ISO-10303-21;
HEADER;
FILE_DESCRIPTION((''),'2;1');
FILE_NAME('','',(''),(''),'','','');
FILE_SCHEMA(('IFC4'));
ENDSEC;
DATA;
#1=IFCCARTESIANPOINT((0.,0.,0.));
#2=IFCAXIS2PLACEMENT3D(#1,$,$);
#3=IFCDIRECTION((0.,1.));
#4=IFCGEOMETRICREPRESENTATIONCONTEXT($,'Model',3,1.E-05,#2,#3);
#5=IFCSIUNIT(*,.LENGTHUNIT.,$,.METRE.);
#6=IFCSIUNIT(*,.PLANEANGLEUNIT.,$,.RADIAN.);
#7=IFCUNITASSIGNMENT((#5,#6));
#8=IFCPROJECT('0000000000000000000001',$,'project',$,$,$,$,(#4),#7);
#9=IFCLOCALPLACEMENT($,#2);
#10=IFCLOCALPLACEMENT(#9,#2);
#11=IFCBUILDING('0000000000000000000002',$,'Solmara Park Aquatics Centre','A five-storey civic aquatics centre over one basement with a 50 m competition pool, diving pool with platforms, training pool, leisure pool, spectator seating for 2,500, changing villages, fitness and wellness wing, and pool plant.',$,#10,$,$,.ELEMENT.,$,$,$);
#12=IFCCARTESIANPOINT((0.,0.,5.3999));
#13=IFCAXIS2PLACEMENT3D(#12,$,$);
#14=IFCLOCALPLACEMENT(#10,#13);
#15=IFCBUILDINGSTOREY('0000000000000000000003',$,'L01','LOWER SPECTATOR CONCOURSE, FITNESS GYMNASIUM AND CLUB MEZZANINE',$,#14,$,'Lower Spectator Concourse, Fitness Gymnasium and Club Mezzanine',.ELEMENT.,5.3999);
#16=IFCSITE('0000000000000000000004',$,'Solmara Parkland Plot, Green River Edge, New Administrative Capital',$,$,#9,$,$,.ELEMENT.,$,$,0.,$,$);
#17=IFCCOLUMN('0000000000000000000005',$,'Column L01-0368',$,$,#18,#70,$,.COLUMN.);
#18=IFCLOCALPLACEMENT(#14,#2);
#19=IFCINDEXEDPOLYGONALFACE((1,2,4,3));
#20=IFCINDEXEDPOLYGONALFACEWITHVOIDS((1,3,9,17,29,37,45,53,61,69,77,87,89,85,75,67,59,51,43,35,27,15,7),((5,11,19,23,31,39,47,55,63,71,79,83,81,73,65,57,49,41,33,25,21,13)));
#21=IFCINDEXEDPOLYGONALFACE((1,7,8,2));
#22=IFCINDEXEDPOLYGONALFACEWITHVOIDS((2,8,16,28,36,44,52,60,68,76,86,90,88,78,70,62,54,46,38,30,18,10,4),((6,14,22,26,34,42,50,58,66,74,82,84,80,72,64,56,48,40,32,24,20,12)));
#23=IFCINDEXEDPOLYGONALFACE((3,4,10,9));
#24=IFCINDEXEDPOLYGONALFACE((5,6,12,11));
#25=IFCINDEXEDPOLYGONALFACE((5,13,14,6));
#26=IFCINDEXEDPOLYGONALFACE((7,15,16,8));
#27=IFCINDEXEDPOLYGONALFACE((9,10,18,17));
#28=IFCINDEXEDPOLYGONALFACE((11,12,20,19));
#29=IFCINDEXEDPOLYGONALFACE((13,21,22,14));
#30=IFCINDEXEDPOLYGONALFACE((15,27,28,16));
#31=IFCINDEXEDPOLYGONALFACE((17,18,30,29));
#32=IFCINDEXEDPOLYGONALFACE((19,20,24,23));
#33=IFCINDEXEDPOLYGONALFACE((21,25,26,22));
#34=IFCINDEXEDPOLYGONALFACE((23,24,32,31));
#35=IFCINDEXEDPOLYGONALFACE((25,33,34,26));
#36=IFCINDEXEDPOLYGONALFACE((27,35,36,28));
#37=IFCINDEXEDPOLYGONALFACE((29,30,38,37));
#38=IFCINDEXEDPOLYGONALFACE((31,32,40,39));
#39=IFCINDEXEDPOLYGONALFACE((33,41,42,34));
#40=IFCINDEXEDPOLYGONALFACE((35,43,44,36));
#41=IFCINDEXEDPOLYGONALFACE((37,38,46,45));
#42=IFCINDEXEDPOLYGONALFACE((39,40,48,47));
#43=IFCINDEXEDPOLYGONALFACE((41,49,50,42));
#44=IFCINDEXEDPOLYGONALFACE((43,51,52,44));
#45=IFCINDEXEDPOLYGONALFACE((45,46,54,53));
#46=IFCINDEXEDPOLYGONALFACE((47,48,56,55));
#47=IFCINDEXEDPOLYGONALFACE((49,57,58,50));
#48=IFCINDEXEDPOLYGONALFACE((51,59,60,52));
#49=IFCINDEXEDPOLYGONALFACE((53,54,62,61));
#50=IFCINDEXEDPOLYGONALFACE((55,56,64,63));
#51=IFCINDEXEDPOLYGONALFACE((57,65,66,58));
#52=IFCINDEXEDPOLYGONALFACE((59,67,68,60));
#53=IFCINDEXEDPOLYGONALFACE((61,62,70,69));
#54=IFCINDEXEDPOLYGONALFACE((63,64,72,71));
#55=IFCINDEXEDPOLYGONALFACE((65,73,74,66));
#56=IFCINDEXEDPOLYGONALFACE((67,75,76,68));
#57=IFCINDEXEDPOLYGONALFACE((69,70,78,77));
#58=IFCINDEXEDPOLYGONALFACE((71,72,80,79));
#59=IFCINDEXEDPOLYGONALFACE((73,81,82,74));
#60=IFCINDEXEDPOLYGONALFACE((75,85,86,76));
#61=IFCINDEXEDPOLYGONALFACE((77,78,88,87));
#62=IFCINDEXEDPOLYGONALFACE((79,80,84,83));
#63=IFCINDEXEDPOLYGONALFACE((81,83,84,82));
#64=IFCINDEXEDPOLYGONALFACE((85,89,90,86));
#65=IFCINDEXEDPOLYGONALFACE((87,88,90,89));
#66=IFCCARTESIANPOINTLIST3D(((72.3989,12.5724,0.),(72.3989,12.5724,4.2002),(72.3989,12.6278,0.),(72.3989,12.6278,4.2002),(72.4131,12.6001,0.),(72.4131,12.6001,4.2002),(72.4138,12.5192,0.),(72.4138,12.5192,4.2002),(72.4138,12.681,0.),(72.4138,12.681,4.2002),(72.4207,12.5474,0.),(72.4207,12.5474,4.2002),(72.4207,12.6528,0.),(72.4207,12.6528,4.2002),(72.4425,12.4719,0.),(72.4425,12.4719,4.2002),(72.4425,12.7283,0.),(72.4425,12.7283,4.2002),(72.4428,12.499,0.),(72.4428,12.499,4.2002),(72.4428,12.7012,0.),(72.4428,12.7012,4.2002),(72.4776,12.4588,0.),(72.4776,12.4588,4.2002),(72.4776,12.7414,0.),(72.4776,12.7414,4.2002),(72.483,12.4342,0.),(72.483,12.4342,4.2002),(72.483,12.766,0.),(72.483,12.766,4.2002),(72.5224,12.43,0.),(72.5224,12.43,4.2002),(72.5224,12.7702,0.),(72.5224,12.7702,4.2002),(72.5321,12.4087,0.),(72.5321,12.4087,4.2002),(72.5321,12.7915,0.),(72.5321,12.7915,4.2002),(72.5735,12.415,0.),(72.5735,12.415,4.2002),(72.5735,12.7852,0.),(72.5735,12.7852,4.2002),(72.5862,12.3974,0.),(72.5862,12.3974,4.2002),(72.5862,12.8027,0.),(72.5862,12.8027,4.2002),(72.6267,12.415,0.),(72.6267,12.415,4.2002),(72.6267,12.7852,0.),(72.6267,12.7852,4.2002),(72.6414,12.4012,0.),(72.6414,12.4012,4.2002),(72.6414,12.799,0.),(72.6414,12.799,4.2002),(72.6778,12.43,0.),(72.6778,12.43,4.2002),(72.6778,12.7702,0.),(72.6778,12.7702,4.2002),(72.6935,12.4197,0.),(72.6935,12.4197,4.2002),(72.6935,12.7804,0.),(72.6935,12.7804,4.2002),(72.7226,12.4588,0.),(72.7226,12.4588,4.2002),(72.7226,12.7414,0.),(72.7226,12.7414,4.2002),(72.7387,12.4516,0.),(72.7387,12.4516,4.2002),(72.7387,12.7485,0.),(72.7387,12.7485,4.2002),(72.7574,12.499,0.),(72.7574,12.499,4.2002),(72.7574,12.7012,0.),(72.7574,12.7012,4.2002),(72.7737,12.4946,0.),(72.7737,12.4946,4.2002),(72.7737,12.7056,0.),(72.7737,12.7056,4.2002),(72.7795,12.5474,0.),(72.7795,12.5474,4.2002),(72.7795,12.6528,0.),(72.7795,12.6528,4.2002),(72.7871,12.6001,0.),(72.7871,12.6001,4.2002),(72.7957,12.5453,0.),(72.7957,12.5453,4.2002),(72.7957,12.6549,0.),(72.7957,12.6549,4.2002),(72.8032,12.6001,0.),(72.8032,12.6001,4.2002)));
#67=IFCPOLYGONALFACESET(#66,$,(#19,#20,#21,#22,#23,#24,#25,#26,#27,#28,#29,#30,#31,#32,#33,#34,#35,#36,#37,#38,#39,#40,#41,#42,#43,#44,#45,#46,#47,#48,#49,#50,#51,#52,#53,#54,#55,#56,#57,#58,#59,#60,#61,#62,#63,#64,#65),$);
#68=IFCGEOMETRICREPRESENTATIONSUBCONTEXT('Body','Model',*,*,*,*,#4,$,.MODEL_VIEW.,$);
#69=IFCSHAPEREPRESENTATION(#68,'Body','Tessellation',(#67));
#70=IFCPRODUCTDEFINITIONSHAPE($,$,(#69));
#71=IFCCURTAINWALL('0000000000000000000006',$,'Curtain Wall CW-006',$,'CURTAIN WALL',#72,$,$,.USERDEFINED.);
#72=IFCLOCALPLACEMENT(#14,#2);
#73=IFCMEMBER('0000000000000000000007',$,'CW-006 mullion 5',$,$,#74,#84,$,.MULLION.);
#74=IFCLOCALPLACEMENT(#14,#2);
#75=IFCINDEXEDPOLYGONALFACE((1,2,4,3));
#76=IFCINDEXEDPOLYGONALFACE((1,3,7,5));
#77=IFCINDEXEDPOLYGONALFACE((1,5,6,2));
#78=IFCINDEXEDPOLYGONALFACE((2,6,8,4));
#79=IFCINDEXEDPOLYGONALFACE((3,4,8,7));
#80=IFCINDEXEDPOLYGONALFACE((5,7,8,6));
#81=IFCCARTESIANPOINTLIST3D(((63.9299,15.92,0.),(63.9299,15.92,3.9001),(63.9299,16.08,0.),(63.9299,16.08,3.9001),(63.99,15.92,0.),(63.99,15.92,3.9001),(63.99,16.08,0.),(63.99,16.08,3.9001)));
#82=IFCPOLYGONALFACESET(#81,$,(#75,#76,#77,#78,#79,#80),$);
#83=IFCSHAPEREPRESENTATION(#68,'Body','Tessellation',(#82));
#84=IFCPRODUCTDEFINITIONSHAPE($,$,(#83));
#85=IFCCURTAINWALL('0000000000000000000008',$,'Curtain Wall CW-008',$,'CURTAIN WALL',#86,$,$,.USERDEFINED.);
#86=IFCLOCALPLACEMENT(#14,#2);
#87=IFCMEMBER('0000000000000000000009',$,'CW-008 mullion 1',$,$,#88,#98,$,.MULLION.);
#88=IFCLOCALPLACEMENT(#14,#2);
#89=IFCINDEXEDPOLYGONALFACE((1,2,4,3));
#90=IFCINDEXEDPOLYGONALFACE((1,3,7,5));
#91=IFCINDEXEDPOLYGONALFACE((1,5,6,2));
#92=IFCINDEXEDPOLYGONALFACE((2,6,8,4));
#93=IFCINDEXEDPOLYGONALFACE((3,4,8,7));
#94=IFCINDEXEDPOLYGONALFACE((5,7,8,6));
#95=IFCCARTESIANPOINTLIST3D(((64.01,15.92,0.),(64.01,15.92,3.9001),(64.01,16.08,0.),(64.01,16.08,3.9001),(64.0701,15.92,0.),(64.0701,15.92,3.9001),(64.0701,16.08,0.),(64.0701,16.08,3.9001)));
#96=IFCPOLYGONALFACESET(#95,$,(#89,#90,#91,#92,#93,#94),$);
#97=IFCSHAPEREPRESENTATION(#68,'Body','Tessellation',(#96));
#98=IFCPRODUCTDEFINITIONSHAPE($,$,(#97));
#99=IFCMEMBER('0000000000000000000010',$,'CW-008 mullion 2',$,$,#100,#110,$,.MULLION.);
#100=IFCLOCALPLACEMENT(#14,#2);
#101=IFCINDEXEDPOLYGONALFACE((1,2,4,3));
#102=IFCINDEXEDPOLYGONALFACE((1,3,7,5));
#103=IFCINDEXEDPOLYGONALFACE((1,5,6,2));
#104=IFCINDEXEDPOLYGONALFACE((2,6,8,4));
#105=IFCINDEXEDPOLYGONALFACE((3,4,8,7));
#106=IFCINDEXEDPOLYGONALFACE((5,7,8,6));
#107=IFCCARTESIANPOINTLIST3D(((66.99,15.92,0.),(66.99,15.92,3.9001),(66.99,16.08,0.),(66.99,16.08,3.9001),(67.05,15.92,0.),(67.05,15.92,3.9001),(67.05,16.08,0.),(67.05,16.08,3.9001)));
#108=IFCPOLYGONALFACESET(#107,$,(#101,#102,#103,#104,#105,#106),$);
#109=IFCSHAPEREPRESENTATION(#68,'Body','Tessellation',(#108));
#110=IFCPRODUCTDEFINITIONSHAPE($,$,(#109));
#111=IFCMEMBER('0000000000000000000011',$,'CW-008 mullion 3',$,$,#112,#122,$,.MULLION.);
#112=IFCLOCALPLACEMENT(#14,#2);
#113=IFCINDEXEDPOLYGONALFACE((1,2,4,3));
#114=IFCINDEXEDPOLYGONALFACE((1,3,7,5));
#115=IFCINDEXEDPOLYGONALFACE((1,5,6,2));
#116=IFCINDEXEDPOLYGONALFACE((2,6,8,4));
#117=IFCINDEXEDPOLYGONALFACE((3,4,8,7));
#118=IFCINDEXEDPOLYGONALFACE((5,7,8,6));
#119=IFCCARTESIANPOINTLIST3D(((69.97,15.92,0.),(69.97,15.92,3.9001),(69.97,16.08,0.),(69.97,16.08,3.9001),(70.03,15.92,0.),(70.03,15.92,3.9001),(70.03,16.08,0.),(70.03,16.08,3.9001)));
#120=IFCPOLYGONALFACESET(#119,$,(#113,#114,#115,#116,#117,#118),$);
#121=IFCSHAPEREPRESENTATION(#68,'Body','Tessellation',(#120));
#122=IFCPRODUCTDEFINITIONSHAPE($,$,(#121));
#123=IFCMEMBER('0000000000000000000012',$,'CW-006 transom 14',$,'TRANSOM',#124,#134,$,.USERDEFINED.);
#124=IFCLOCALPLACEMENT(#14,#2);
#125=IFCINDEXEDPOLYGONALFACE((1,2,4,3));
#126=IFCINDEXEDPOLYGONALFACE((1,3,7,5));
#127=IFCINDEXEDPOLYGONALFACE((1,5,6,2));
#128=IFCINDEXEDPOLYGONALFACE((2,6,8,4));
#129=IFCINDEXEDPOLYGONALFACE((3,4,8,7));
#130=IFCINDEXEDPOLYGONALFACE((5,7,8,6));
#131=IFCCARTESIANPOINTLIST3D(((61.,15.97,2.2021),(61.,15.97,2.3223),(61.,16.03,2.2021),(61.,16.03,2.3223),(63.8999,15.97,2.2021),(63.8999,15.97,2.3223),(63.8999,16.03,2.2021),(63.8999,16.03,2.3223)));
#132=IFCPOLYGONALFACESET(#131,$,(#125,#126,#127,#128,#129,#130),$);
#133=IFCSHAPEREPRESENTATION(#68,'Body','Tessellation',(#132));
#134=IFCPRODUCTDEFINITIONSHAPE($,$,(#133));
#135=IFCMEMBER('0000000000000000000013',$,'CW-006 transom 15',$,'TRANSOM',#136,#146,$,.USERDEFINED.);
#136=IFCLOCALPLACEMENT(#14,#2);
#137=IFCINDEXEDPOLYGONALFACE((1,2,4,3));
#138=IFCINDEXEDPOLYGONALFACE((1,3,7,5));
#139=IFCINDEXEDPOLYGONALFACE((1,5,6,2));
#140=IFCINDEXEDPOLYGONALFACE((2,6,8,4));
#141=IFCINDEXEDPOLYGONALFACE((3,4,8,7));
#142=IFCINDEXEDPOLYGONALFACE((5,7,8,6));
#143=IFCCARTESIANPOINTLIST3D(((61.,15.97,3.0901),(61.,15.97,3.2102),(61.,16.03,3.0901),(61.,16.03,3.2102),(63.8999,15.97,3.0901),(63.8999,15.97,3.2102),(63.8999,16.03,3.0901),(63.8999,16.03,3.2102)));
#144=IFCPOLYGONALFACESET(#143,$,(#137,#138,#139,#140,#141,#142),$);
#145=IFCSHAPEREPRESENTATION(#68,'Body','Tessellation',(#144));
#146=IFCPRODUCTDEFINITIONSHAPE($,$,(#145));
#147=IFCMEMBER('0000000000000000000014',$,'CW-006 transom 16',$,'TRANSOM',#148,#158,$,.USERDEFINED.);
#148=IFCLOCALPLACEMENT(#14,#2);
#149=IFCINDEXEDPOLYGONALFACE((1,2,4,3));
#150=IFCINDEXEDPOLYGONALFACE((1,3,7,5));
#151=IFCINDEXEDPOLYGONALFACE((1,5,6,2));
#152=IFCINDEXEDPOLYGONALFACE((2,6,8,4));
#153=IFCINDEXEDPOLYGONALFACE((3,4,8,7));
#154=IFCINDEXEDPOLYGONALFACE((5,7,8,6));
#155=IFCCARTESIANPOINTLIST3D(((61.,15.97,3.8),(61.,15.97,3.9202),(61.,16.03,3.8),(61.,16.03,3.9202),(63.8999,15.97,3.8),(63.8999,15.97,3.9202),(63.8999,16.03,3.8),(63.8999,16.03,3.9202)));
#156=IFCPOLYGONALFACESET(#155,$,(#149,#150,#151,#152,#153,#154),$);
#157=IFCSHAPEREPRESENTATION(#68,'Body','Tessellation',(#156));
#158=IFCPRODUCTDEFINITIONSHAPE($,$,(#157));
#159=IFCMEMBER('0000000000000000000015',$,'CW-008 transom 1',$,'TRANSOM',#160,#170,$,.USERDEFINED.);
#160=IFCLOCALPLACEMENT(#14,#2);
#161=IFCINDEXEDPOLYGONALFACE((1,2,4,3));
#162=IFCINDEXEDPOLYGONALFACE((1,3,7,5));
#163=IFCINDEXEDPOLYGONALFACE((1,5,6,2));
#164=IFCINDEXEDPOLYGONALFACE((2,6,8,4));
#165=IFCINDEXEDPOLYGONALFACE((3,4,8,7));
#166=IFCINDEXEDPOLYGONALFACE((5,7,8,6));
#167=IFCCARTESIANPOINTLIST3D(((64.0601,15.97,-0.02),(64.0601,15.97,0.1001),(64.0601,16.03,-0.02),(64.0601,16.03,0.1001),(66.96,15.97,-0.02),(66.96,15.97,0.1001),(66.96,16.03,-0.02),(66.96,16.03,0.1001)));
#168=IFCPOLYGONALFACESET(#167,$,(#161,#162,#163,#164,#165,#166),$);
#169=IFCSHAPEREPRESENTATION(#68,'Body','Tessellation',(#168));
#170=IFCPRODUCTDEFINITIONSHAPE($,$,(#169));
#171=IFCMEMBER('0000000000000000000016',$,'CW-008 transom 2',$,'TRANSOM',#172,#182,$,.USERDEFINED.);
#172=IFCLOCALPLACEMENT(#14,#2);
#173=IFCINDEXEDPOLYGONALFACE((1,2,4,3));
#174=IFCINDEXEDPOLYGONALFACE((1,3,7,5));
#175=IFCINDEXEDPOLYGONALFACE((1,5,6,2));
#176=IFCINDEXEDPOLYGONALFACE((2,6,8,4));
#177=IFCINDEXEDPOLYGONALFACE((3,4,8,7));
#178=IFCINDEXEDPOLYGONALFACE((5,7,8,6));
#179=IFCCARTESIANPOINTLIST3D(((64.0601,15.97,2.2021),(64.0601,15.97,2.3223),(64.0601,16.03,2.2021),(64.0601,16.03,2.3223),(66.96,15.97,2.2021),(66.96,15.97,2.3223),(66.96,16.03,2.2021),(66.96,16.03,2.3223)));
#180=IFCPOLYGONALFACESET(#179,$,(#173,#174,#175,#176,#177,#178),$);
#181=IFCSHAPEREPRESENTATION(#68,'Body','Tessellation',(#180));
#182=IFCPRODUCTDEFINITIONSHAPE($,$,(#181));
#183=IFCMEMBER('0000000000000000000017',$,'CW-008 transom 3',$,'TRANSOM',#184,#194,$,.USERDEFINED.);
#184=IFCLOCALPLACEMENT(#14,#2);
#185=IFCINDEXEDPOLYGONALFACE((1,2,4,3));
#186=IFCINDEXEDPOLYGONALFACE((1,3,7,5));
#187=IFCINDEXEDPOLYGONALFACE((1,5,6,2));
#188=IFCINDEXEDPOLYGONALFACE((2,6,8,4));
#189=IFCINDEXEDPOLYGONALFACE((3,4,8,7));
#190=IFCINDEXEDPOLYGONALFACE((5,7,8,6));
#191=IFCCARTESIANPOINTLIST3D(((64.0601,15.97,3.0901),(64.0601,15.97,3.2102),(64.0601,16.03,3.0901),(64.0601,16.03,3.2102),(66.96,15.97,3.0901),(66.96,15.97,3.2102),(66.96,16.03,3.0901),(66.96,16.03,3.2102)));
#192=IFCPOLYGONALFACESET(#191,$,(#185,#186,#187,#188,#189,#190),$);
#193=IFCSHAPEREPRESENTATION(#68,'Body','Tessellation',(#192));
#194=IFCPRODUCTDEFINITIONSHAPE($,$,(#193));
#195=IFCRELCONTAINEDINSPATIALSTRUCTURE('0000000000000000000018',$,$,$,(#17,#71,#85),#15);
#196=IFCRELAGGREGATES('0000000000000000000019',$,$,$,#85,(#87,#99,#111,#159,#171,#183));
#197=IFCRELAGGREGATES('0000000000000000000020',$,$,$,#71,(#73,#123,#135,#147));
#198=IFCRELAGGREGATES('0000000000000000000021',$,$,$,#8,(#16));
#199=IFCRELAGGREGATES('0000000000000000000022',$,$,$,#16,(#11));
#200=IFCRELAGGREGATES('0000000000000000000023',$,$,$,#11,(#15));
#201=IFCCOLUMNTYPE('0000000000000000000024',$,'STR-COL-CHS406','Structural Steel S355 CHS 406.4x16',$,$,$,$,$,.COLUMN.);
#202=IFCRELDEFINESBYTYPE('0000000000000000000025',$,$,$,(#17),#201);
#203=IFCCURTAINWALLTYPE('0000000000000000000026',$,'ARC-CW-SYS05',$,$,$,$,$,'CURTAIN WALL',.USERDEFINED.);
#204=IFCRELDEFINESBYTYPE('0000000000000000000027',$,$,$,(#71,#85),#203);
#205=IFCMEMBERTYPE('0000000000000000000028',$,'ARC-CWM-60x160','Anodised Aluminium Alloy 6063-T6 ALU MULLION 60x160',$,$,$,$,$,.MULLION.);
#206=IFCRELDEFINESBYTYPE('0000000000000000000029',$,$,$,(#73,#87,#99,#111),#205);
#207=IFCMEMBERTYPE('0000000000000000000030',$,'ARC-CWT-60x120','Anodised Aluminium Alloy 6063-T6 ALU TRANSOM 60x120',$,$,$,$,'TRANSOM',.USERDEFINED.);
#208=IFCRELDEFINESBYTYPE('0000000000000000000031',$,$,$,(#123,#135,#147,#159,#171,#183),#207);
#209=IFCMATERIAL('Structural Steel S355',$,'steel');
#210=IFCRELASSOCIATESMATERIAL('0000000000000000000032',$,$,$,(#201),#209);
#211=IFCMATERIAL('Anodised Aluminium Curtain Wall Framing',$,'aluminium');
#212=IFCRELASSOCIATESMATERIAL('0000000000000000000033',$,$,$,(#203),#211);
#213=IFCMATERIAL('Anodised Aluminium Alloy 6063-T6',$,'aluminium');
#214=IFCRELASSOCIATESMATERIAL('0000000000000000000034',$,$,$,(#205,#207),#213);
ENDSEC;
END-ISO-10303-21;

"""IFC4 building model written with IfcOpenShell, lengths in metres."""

from ifc_helpers import new_model, si_unit, direction, frame, origin, origin_2d, place, context, subcontext, project, spatial, rectangle, hollow_circle, extrude, material, material_profile, profile_set, type_object, element, aggregate, save


model = new_model("IFC4")

# Units and contexts
model_context = context("Model", 3, precision=1e-05, world=origin(), true_north=direction((0.0, 1.0)))
body_context = subcontext(model_context, "Body", "Model", "MODEL_VIEW")
ifc_project = project(units=[si_unit("LENGTHUNIT", "METRE"), si_unit("PLANEANGLEUNIT", "RADIAN")], contexts=[model_context])

# Site, building, storey
site_placement = place(None, origin())
site = spatial("IfcSite", under=ifc_project, at=site_placement, Name="Solmara Parkland Plot, Green River Edge, New Administrative Capital", CompositionType="ELEMENT", RefElevation=0.0)
building_placement = place(site_placement, origin())
building = spatial("IfcBuilding", under=site, at=building_placement, Name="Solmara Park Aquatics Centre", Description="A five-storey civic aquatics centre over one basement with a 50 m competition pool, diving pool with platforms, training pool, leisure pool, spectator seating for 2,500, changing villages, fitness and wellness wing, and pool plant.", CompositionType="ELEMENT")
storey_placement = place(building_placement, frame((0.0, 0.0, 5.3999)))
storey = spatial("IfcBuildingStorey", under=building, at=storey_placement, Name="L01", Description="LOWER SPECTATOR CONCOURSE, FITNESS GYMNASIUM AND CLUB MEZZANINE", LongName="Lower Spectator Concourse, Fitness Gymnasium and Club Mezzanine", CompositionType="ELEMENT", Elevation=5.3999)

# Column
ifc_material_1 = material(Name="Structural Steel S355", Category="steel")
ifc_material_profile_1 = material_profile(ifc_material_1, hollow_circle(Radius=0.2031, WallThickness=0.0161, at=origin_2d()), Name="CHS 406.4x16")
ifc_profile_set_1 = profile_set([ifc_material_profile_1], Name="Structural Steel S355")
column_type = type_object("IfcColumnType", Name="STR-COL-CHS406", Description="Structural Steel S355 CHS 406.4x16", PredefinedType="COLUMN", material=ifc_profile_set_1)
column_placement = place(storey_placement, frame((72.6001, 12.6001, 0.0), z_axis=(0.0, 0.0, 1.0), x_axis=(1.0, 0.0, 0.0)))
element("IfcColumn", 1, at=column_placement, inside=storey, type_object=column_type, Name="Column L01-0368", PredefinedType="COLUMN", context=body_context, shape_type="SweptSolid", body=[
    extrude(hollow_circle(Radius=0.2031, WallThickness=0.0161, at=origin_2d()), origin(), (0.0, 0.0, 1.0), 4.2002),
])

# Curtain wall, member
ifc_material_2 = material(Name="Anodised Aluminium Curtain Wall Framing", Category="aluminium")
curtain_wall_type = type_object("IfcCurtainWallType", Name="ARC-CW-SYS05", ElementType="CURTAIN WALL", PredefinedType="USERDEFINED", material=ifc_material_2)
curtain_wall_1_placement = place(storey_placement, origin())
curtain_wall_1 = element("IfcCurtainWall", 2, at=curtain_wall_1_placement, inside=storey, type_object=curtain_wall_type, Name="Curtain Wall CW-006", ObjectType="CURTAIN WALL", PredefinedType="USERDEFINED")
ifc_material_3 = material(Name="Anodised Aluminium Alloy 6063-T6", Category="aluminium")
ifc_material_profile_2 = material_profile(ifc_material_3, rectangle(XDim=0.0601, YDim=0.1599, at=origin_2d()), Name="ALU MULLION 60x160")
ifc_profile_set_2 = profile_set([ifc_material_profile_2], Name="Anodised Aluminium Alloy 6063-T6")
member_type_1 = type_object("IfcMemberType", Name="ARC-CWM-60x160", Description="Anodised Aluminium Alloy 6063-T6 ALU MULLION 60x160", PredefinedType="MULLION", material=ifc_profile_set_2)
member_1_placement = place(storey_placement, frame((63.96, 16.0, 0.0), z_axis=(0.0, 0.0, 1.0), x_axis=(1.0, 0.0, 0.0)))
member_1 = element("IfcMember", 3, at=member_1_placement, type_object=member_type_1, Name="CW-006 mullion 5", PredefinedType="MULLION", context=body_context, shape_type="SweptSolid", body=[
    extrude(rectangle(XDim=0.0601, YDim=0.1599, at=origin_2d()), origin(), (0.0, 0.0, 1.0), 3.9001),
])

# Curtain wall, members
curtain_wall_2_placement = place(storey_placement, origin())
curtain_wall_2 = element("IfcCurtainWall", 4, at=curtain_wall_2_placement, inside=storey, type_object=curtain_wall_type, Name="Curtain Wall CW-008", ObjectType="CURTAIN WALL", PredefinedType="USERDEFINED")
member_2_placement = place(storey_placement, frame((64.04, 16.0, 0.0), z_axis=(0.0, 0.0, 1.0), x_axis=(1.0, 0.0, 0.0)))
member_2 = element("IfcMember", 5, at=member_2_placement, type_object=member_type_1, Name="CW-008 mullion 1", PredefinedType="MULLION", context=body_context, shape_type="SweptSolid", body=[
    extrude(rectangle(XDim=0.0601, YDim=0.1599, at=origin_2d()), origin(), (0.0, 0.0, 1.0), 3.9001),
])
member_3_placement = place(storey_placement, frame((67.02, 16.0, 0.0), z_axis=(0.0, 0.0, 1.0), x_axis=(1.0, 0.0, 0.0)))
member_3 = element("IfcMember", 6, at=member_3_placement, type_object=member_type_1, Name="CW-008 mullion 2", PredefinedType="MULLION", context=body_context, shape_type="SweptSolid", body=[
    extrude(rectangle(XDim=0.0601, YDim=0.1599, at=origin_2d()), origin(), (0.0, 0.0, 1.0), 3.9001),
])
member_4_placement = place(storey_placement, frame((70.0, 16.0, 0.0), z_axis=(0.0, 0.0, 1.0), x_axis=(1.0, 0.0, 0.0)))
member_4 = element("IfcMember", 7, at=member_4_placement, type_object=member_type_1, Name="CW-008 mullion 3", PredefinedType="MULLION", context=body_context, shape_type="SweptSolid", body=[
    extrude(rectangle(XDim=0.0601, YDim=0.1599, at=origin_2d()), origin(), (0.0, 0.0, 1.0), 3.9001),
])

# Members
ifc_material_profile_3 = material_profile(ifc_material_3, rectangle(XDim=0.0601, YDim=0.1201, at=origin_2d()), Name="ALU TRANSOM 60x120")
ifc_profile_set_3 = profile_set([ifc_material_profile_3], Name="Anodised Aluminium Alloy 6063-T6")
member_type_2 = type_object("IfcMemberType", Name="ARC-CWT-60x120", Description="Anodised Aluminium Alloy 6063-T6 ALU TRANSOM 60x120", ElementType="TRANSOM", PredefinedType="USERDEFINED", material=ifc_profile_set_3)
member_5_placement = place(storey_placement, frame((61.0, 16.0, 2.2622), z_axis=(1.0, 0.0, 0.0), x_axis=(0.0, 1.0, 0.0)))
member_5 = element("IfcMember", 8, at=member_5_placement, type_object=member_type_2, Name="CW-006 transom 14", ObjectType="TRANSOM", PredefinedType="USERDEFINED", context=body_context, shape_type="SweptSolid", body=[
    extrude(rectangle(XDim=0.0601, YDim=0.1201, at=origin_2d()), origin(), (0.0, 0.0, 1.0), 2.8999),
])
member_6_placement = place(storey_placement, frame((61.0, 16.0, 3.1501), z_axis=(1.0, 0.0, 0.0), x_axis=(0.0, 1.0, 0.0)))
member_6 = element("IfcMember", 9, at=member_6_placement, type_object=member_type_2, Name="CW-006 transom 15", ObjectType="TRANSOM", PredefinedType="USERDEFINED", context=body_context, shape_type="SweptSolid", body=[
    extrude(rectangle(XDim=0.0601, YDim=0.1201, at=origin_2d()), origin(), (0.0, 0.0, 1.0), 2.8999),
])
member_7_placement = place(storey_placement, frame((61.0, 16.0, 3.8601), z_axis=(1.0, 0.0, 0.0), x_axis=(0.0, 1.0, 0.0)))
member_7 = element("IfcMember", 10, at=member_7_placement, type_object=member_type_2, Name="CW-006 transom 16", ObjectType="TRANSOM", PredefinedType="USERDEFINED", context=body_context, shape_type="SweptSolid", body=[
    extrude(rectangle(XDim=0.0601, YDim=0.1201, at=origin_2d()), origin(), (0.0, 0.0, 1.0), 2.8999),
])
member_8_placement = place(storey_placement, frame((64.0601, 16.0, 0.04), z_axis=(1.0, 0.0, 0.0), x_axis=(0.0, 1.0, 0.0)))
member_8 = element("IfcMember", 11, at=member_8_placement, type_object=member_type_2, Name="CW-008 transom 1", ObjectType="TRANSOM", PredefinedType="USERDEFINED", context=body_context, shape_type="SweptSolid", body=[
    extrude(rectangle(XDim=0.0601, YDim=0.1201, at=origin_2d()), origin(), (0.0, 0.0, 1.0), 2.8999),
])
member_9_placement = place(storey_placement, frame((64.0601, 16.0, 2.2622), z_axis=(1.0, 0.0, 0.0), x_axis=(0.0, 1.0, 0.0)))
member_9 = element("IfcMember", 12, at=member_9_placement, type_object=member_type_2, Name="CW-008 transom 2", ObjectType="TRANSOM", PredefinedType="USERDEFINED", context=body_context, shape_type="SweptSolid", body=[
    extrude(rectangle(XDim=0.0601, YDim=0.1201, at=origin_2d()), origin(), (0.0, 0.0, 1.0), 2.8999),
])
member_10_placement = place(storey_placement, frame((64.0601, 16.0, 3.1501), z_axis=(1.0, 0.0, 0.0), x_axis=(0.0, 1.0, 0.0)))
member_10 = element("IfcMember", 13, at=member_10_placement, type_object=member_type_2, Name="CW-008 transom 3", ObjectType="TRANSOM", PredefinedType="USERDEFINED", context=body_context, shape_type="SweptSolid", body=[
    extrude(rectangle(XDim=0.0601, YDim=0.1201, at=origin_2d()), origin(), (0.0, 0.0, 1.0), 2.8999),
])

aggregate(curtain_wall_2, [member_2, member_3, member_4, member_8, member_9, member_10])
aggregate(curtain_wall_1, [member_1, member_5, member_6, member_7])

save(model, "model.ifc")
